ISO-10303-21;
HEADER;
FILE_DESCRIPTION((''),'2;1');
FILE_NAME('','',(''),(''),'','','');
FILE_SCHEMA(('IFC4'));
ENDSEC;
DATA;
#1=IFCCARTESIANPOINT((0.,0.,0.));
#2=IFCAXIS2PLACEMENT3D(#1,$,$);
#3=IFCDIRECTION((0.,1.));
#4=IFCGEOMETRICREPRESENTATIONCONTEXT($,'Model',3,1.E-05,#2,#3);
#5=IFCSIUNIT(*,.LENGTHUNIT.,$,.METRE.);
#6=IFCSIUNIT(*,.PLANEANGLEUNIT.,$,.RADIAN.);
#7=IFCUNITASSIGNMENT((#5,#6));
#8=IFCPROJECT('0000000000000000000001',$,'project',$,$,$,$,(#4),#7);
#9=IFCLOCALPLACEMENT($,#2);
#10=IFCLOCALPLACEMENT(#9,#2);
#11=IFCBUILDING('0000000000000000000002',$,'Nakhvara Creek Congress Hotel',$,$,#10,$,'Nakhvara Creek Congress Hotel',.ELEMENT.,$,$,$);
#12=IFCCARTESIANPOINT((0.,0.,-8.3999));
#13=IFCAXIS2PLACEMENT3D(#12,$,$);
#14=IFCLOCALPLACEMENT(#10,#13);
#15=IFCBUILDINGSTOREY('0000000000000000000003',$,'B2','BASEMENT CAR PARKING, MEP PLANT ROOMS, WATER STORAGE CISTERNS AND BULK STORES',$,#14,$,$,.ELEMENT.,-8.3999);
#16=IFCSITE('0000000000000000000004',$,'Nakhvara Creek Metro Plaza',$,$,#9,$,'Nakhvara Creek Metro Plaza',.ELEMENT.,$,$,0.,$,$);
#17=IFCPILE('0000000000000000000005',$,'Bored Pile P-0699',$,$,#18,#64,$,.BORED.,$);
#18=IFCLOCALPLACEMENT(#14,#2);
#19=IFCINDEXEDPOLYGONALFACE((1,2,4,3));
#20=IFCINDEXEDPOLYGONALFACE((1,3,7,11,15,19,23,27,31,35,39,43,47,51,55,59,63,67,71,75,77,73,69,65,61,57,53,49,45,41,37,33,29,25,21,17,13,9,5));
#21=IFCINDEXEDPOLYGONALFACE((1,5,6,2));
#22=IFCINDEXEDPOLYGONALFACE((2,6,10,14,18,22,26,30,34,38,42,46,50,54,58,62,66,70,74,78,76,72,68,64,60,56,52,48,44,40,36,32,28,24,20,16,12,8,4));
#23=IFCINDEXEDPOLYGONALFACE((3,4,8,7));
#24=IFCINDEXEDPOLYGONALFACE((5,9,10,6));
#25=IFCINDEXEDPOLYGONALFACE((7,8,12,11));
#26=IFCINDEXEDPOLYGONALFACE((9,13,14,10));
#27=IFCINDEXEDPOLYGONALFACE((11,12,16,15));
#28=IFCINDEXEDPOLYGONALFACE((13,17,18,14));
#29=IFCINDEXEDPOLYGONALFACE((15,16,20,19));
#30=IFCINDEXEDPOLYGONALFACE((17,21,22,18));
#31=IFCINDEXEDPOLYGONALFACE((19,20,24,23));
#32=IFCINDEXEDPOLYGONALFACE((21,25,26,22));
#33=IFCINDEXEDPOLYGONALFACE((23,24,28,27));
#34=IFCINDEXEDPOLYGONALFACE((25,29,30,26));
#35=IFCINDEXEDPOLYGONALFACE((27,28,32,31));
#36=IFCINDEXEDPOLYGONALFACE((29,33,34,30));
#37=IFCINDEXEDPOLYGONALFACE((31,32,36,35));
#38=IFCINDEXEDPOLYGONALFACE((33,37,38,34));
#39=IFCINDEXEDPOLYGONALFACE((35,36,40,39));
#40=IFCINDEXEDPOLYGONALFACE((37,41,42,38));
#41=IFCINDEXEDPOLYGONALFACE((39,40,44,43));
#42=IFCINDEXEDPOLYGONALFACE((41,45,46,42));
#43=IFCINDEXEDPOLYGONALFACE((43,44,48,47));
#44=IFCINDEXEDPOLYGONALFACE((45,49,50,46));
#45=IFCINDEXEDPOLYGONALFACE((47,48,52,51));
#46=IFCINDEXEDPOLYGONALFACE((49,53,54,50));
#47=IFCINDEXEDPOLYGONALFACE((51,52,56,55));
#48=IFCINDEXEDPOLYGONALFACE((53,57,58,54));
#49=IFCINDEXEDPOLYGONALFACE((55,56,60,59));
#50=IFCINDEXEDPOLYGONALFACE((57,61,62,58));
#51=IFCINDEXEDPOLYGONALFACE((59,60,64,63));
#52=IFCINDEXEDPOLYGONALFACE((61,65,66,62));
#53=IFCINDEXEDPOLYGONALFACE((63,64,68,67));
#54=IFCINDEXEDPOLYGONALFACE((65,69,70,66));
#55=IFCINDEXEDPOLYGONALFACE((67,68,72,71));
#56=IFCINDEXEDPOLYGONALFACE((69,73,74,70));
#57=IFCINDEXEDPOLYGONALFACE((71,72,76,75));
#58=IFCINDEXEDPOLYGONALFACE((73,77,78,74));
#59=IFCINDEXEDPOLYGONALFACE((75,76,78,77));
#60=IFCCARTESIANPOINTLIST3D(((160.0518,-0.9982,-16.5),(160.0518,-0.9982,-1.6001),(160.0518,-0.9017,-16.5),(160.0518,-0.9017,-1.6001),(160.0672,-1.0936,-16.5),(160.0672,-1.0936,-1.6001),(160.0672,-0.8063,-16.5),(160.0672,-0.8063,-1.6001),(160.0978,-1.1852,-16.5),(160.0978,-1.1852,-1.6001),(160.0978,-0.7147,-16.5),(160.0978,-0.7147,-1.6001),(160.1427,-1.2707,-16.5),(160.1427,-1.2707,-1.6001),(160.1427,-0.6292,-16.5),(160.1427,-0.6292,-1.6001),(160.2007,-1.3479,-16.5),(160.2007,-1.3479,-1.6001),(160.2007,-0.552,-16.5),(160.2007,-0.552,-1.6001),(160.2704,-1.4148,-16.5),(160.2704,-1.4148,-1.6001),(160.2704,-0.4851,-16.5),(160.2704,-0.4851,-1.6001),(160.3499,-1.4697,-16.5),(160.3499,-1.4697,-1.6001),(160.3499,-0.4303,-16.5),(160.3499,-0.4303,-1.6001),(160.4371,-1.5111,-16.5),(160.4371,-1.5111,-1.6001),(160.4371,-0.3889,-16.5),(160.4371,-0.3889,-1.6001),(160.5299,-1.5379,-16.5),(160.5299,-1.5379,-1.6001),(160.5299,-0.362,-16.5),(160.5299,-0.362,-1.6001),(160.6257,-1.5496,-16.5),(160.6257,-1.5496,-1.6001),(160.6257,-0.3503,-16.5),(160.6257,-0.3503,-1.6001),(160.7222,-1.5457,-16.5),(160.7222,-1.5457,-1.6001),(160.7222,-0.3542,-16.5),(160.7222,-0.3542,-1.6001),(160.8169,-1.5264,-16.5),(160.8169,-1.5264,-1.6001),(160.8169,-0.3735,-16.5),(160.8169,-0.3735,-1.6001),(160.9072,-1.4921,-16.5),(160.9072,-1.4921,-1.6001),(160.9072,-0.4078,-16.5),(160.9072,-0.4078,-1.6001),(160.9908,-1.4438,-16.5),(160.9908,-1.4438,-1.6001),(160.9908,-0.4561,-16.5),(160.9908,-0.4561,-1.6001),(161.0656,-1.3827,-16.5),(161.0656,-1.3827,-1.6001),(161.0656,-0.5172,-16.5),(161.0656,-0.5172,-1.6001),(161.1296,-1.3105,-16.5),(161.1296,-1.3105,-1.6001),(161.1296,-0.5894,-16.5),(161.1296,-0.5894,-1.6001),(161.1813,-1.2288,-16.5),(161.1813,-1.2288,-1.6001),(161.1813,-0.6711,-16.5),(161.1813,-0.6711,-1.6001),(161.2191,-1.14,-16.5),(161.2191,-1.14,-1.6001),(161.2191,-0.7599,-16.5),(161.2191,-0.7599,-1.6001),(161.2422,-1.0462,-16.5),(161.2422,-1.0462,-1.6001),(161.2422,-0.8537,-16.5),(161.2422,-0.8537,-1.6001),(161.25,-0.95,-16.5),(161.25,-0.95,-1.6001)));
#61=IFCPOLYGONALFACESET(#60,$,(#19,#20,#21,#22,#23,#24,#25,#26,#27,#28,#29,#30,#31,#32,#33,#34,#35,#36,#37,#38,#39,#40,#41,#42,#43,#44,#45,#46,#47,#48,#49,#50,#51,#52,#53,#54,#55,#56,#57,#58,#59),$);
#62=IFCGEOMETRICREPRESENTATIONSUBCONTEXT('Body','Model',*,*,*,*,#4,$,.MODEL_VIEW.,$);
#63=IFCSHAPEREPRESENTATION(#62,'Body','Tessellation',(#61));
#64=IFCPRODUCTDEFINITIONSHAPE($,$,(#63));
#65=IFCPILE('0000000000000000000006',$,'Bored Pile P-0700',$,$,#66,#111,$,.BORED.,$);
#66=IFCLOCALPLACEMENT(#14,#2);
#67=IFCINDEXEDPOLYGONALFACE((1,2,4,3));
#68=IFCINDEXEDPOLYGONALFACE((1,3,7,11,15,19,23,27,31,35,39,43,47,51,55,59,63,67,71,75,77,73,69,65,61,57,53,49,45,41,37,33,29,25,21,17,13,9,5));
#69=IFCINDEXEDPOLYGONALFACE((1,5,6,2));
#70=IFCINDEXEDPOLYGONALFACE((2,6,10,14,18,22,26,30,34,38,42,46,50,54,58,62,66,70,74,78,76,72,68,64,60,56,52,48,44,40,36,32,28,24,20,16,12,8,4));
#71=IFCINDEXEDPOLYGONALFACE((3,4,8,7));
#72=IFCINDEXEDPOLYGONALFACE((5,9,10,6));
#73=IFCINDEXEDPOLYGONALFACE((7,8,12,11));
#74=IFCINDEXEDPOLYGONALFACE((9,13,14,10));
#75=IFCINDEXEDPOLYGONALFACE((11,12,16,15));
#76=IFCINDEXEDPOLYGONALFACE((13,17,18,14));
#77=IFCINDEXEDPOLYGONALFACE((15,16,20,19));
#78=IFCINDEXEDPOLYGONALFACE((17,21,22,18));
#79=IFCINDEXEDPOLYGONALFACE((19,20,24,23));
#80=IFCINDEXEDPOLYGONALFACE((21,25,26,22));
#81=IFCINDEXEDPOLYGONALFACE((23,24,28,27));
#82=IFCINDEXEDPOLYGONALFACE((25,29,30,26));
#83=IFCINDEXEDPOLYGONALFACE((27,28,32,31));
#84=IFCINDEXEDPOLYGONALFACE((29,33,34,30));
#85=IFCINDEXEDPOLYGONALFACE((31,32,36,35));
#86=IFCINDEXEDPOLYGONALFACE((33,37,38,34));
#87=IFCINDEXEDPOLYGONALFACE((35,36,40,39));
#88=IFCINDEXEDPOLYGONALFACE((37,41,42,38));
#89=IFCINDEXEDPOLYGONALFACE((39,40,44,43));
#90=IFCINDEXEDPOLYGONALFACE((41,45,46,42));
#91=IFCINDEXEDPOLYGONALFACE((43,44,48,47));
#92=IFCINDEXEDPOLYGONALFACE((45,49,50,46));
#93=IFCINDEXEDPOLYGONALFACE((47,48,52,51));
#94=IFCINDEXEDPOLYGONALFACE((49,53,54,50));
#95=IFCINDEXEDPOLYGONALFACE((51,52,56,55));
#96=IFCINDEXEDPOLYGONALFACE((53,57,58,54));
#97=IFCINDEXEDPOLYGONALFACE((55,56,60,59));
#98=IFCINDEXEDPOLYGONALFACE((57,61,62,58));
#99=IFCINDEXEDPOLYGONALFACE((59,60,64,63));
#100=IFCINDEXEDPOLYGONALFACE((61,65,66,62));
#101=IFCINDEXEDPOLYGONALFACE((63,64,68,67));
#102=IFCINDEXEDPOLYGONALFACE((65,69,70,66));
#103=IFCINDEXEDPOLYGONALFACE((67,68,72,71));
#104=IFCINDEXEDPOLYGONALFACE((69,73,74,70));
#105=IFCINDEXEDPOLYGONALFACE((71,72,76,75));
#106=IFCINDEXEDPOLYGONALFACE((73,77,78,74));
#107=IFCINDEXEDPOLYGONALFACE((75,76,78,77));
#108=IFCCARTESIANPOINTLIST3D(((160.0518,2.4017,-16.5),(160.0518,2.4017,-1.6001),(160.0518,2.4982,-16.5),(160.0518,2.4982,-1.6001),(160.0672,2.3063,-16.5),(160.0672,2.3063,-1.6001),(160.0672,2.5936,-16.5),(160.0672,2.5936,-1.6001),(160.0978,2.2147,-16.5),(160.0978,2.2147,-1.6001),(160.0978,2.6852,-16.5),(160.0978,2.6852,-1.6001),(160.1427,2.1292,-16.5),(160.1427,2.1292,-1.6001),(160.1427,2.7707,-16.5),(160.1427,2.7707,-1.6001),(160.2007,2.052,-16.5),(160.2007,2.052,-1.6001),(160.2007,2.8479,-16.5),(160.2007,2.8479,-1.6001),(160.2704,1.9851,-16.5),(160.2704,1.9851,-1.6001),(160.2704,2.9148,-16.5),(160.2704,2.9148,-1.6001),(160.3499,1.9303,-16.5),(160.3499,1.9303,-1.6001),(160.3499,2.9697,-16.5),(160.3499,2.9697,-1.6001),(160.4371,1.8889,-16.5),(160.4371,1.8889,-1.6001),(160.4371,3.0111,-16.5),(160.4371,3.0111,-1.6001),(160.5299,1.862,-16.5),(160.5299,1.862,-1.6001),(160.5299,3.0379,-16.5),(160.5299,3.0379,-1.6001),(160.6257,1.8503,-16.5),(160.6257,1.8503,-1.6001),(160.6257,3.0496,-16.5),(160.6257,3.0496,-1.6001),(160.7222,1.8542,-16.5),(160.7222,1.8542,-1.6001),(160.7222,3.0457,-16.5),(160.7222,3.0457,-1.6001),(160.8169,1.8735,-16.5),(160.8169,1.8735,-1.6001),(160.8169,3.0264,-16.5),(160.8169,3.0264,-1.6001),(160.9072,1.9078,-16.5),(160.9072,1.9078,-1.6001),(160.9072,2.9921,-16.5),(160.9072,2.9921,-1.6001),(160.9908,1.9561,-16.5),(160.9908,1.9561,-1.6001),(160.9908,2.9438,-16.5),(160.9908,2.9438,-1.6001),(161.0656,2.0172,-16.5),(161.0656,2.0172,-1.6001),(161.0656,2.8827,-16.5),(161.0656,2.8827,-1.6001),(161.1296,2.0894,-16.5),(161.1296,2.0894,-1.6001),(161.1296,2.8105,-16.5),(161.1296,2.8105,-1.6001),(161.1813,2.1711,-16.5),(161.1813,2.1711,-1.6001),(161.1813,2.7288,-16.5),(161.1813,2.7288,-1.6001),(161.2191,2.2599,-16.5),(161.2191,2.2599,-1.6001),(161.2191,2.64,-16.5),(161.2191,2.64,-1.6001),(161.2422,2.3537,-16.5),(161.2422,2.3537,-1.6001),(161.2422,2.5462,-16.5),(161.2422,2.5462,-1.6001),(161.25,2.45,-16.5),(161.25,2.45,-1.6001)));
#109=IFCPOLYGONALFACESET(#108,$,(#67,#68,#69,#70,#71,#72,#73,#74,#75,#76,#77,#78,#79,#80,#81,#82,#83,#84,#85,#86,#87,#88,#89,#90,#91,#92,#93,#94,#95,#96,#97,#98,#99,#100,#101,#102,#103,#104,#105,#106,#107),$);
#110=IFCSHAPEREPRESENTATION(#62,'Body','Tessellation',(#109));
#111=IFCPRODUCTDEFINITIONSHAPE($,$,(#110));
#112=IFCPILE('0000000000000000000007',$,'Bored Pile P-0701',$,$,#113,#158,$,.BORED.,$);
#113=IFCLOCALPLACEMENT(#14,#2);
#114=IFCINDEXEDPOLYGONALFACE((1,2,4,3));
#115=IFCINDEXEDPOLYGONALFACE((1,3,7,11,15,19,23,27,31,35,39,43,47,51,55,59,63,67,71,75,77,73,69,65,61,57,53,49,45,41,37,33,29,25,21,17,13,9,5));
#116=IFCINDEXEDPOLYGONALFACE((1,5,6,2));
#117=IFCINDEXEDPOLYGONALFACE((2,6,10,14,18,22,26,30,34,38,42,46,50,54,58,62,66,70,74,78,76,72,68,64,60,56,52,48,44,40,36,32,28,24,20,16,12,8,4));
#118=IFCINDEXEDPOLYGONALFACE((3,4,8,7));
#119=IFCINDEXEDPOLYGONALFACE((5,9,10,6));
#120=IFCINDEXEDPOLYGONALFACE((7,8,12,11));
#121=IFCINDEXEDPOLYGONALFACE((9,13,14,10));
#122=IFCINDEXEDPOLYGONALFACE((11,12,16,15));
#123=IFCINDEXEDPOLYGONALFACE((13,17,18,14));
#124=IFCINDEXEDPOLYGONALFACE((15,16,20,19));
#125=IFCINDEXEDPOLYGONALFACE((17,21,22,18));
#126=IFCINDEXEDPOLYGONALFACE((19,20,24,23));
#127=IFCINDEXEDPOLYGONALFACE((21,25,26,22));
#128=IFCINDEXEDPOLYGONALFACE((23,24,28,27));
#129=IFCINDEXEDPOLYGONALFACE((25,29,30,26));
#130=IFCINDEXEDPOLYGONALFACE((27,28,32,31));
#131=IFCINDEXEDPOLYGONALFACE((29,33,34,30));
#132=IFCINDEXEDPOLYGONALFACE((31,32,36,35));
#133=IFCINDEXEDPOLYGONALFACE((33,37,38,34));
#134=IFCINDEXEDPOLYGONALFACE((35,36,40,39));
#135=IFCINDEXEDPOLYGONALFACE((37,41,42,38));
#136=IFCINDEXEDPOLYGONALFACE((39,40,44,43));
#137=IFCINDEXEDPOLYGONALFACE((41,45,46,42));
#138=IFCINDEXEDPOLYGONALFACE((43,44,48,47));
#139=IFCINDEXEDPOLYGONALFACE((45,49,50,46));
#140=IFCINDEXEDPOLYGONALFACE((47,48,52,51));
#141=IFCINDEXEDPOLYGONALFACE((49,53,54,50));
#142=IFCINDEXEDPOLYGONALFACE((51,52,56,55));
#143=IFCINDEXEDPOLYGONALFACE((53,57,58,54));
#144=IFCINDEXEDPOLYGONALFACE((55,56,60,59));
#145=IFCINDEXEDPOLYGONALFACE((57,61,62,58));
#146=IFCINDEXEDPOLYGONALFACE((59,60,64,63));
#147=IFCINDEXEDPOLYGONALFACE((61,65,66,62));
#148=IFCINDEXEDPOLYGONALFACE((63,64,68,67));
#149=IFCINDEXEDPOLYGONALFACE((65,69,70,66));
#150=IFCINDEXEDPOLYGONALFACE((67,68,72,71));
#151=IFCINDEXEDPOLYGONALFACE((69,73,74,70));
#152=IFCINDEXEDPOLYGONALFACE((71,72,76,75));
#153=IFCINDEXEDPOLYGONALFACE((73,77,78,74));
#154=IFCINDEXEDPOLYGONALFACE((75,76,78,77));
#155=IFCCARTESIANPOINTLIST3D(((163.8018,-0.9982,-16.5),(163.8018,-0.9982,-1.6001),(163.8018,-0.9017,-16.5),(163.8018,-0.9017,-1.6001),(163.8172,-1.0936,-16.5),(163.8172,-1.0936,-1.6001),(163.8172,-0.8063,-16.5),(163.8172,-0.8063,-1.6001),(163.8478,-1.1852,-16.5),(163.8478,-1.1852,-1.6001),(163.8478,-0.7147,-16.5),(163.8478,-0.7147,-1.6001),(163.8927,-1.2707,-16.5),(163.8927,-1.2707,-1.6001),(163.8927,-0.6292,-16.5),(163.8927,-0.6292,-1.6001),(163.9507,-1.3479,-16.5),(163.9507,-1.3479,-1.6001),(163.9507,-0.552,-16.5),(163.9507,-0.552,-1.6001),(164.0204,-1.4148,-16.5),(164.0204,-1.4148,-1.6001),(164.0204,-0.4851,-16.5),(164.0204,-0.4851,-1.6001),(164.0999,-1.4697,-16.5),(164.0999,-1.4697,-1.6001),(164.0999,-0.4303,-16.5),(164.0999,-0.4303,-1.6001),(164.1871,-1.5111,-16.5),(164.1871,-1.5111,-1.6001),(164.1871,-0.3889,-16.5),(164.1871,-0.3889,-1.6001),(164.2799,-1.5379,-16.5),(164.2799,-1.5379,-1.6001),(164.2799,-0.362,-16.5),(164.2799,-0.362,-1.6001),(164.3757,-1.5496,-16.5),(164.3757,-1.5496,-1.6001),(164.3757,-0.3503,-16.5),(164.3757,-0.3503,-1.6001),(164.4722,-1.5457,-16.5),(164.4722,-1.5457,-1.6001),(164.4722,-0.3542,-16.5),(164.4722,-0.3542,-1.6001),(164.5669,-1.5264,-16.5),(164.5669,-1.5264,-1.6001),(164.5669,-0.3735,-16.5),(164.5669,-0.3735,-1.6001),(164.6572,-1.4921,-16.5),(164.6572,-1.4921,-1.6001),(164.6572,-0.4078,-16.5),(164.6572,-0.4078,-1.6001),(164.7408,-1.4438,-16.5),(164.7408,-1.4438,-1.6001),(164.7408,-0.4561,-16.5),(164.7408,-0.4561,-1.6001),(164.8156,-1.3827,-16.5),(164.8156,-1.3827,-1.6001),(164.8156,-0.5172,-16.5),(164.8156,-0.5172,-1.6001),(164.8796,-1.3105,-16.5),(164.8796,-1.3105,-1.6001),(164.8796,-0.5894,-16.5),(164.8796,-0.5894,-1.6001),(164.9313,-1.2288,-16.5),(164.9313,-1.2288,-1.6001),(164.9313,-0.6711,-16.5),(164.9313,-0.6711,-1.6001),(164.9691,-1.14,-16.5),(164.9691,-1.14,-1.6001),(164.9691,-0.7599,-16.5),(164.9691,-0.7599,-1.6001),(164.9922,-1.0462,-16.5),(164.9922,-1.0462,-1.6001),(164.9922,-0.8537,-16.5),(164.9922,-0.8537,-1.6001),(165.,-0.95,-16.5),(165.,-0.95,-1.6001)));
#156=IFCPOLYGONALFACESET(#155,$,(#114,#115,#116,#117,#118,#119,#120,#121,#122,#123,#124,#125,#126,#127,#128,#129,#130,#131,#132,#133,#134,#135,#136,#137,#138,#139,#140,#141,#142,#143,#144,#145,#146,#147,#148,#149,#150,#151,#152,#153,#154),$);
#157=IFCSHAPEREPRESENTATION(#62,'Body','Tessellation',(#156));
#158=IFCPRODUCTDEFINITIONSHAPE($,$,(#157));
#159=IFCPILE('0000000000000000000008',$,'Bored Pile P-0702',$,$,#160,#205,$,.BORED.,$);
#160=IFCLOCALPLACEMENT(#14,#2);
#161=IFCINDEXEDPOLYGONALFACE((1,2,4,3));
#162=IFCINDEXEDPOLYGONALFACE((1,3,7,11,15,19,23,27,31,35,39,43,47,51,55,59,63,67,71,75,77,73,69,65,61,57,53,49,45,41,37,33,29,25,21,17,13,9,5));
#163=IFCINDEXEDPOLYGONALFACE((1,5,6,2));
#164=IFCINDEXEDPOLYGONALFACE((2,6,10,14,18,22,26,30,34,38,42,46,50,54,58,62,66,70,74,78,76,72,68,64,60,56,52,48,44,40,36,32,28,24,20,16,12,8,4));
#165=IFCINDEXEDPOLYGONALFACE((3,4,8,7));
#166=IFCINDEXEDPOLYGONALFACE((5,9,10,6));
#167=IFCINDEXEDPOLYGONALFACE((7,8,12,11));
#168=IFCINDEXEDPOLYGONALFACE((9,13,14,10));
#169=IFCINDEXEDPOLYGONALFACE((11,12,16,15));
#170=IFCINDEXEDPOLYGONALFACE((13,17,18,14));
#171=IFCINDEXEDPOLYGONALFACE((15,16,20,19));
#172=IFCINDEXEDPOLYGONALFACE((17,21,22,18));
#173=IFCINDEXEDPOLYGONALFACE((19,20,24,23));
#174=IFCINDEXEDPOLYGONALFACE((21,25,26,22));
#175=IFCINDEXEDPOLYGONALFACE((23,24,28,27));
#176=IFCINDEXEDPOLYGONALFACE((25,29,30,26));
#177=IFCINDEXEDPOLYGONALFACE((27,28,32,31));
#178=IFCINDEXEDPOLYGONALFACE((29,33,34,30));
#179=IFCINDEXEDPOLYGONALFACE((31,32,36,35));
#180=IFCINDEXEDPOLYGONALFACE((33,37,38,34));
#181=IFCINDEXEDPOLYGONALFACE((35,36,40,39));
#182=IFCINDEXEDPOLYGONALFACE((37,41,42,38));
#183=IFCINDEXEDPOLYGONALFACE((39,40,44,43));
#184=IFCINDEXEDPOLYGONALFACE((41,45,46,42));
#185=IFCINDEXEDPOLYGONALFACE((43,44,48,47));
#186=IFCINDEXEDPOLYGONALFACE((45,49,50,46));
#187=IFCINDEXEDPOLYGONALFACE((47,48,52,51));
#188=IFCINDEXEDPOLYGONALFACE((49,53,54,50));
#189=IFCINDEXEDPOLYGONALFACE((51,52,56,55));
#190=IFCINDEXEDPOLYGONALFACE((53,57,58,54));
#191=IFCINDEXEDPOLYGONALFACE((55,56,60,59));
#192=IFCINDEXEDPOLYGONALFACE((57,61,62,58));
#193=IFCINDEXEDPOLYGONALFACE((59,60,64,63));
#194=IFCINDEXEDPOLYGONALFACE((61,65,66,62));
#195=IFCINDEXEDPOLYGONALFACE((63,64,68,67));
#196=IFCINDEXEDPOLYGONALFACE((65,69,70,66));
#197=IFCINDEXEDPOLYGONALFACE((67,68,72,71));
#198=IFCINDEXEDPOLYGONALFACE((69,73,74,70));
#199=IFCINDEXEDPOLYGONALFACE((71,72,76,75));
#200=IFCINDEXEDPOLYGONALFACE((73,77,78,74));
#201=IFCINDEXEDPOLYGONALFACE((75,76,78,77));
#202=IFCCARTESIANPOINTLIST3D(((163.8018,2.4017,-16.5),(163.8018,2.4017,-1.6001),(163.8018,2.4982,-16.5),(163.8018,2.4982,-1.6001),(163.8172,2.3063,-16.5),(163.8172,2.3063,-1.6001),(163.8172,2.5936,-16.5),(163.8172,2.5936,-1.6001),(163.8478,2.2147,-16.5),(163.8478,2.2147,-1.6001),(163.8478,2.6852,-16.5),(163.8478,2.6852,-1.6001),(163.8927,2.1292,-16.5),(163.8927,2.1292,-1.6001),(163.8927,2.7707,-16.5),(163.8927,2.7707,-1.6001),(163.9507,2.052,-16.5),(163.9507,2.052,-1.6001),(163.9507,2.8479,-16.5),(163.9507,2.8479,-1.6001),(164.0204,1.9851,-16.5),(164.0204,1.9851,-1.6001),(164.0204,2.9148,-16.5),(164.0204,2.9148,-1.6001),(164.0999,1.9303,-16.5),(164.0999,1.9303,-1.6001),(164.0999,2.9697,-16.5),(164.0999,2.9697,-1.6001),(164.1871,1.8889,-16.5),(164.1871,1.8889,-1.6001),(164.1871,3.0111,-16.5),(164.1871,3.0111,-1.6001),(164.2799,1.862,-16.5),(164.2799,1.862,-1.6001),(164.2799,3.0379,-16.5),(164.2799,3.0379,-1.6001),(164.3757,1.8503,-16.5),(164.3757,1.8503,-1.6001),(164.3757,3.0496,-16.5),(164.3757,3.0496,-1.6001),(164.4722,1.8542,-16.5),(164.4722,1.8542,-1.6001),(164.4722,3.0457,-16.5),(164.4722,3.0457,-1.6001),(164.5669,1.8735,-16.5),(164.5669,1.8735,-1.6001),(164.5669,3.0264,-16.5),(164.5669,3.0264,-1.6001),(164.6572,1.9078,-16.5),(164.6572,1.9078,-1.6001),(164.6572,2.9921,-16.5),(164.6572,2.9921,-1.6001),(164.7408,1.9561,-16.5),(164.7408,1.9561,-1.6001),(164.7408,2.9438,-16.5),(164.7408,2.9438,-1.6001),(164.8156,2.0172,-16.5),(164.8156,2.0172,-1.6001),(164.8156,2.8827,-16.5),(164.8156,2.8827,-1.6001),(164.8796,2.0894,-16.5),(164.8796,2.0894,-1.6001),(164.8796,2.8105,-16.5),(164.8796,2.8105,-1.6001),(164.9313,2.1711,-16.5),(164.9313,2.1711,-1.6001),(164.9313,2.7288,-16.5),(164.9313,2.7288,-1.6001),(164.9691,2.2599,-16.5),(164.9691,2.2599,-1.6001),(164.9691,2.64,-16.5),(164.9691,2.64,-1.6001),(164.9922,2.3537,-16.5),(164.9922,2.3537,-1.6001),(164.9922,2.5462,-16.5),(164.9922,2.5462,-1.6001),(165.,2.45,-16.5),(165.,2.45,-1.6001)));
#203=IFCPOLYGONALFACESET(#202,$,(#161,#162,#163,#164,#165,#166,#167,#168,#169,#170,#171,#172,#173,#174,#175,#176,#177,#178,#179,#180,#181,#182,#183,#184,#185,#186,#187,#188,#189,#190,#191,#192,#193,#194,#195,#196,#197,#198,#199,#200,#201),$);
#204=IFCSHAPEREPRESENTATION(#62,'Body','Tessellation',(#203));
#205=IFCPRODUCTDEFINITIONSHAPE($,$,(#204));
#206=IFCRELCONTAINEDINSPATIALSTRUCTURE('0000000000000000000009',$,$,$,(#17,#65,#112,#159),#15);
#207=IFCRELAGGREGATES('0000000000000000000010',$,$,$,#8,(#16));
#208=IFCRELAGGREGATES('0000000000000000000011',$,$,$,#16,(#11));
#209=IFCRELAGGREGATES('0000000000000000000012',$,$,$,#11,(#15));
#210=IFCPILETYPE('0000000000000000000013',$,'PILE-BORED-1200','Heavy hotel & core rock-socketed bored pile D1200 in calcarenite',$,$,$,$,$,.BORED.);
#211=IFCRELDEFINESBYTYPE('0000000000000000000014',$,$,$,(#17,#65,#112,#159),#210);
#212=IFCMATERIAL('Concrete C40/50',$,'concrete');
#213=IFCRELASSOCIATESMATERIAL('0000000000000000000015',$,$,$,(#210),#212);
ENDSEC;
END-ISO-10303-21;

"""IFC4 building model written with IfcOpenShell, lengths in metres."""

from ifc_helpers import new_model, si_unit, direction, frame, origin, origin_2d, place, context, subcontext, project, spatial, circle, extrude, material, material_profile, profile_set, type_object, element, save


model = new_model("IFC4")

# Units and contexts
model_context = context("Model", 3, precision=1e-05, world=origin(), true_north=direction((0.0, 1.0)))
body_context = subcontext(model_context, "Body", "Model", "MODEL_VIEW")
ifc_project = project(units=[si_unit("LENGTHUNIT", "METRE"), si_unit("PLANEANGLEUNIT", "RADIAN")], contexts=[model_context])

# Site, building, storey
site_placement = place(None, origin())
site = spatial("IfcSite", under=ifc_project, at=site_placement, Name="Nakhvara Creek Metro Plaza", LongName="Nakhvara Creek Metro Plaza", CompositionType="ELEMENT", RefElevation=0.0)
building_placement = place(site_placement, origin())
building = spatial("IfcBuilding", under=site, at=building_placement, Name="Nakhvara Creek Congress Hotel", LongName="Nakhvara Creek Congress Hotel", CompositionType="ELEMENT")
storey_placement = place(building_placement, frame((0.0, 0.0, -8.3999)))
storey = spatial("IfcBuildingStorey", under=building, at=storey_placement, Name="B2", Description="BASEMENT CAR PARKING, MEP PLANT ROOMS, WATER STORAGE CISTERNS AND BULK STORES", CompositionType="ELEMENT", Elevation=-8.3999)

# Shared definitions
ifc_material_1 = material(Name="Concrete C40/50", Category="concrete")

# Piles
ifc_material_profile_1 = material_profile(ifc_material_1, circle(Radius=0.6001, at=origin_2d()), Name="BORED PILE D1200", Category="LoadBearing")
ifc_profile_set_1 = profile_set([ifc_material_profile_1], Name="Concrete C40/50")
pile_type_1 = type_object("IfcPileType", Name="PILE-BORED-1200", Description="Heavy hotel & core rock-socketed bored pile D1200 in calcarenite", PredefinedType="BORED", material=ifc_profile_set_1)
for number, where, z_axis, x_axis, name in (
    (1, (160.6499, -0.95, -1.6001), (0.0, 0.0, -1.0), (1.0, 0.0, 0.0), "Bored Pile P-0699"),
    (2, (160.6499, 2.45, -1.6001), (0.0, 0.0, -1.0), (1.0, 0.0, 0.0), "Bored Pile P-0700"),
    (3, (164.3999, -0.95, -1.6001), (0.0, 0.0, -1.0), (1.0, 0.0, 0.0), "Bored Pile P-0701"),
    (4, (164.3999, 2.45, -1.6001), (0.0, 0.0, -1.0), (1.0, 0.0, 0.0), "Bored Pile P-0702"),
):
    element("IfcPile", number, at=place(storey_placement, frame(where, z_axis=z_axis, x_axis=x_axis)), inside=storey, type_object=pile_type_1, Name=name, PredefinedType="BORED", context=body_context, shape_type="SweptSolid", body=[
        extrude(circle(Radius=0.6001, at=origin_2d()), origin(), (0.0, 0.0, 1.0), 14.8999),
    ])

save(model, "model.ifc")
